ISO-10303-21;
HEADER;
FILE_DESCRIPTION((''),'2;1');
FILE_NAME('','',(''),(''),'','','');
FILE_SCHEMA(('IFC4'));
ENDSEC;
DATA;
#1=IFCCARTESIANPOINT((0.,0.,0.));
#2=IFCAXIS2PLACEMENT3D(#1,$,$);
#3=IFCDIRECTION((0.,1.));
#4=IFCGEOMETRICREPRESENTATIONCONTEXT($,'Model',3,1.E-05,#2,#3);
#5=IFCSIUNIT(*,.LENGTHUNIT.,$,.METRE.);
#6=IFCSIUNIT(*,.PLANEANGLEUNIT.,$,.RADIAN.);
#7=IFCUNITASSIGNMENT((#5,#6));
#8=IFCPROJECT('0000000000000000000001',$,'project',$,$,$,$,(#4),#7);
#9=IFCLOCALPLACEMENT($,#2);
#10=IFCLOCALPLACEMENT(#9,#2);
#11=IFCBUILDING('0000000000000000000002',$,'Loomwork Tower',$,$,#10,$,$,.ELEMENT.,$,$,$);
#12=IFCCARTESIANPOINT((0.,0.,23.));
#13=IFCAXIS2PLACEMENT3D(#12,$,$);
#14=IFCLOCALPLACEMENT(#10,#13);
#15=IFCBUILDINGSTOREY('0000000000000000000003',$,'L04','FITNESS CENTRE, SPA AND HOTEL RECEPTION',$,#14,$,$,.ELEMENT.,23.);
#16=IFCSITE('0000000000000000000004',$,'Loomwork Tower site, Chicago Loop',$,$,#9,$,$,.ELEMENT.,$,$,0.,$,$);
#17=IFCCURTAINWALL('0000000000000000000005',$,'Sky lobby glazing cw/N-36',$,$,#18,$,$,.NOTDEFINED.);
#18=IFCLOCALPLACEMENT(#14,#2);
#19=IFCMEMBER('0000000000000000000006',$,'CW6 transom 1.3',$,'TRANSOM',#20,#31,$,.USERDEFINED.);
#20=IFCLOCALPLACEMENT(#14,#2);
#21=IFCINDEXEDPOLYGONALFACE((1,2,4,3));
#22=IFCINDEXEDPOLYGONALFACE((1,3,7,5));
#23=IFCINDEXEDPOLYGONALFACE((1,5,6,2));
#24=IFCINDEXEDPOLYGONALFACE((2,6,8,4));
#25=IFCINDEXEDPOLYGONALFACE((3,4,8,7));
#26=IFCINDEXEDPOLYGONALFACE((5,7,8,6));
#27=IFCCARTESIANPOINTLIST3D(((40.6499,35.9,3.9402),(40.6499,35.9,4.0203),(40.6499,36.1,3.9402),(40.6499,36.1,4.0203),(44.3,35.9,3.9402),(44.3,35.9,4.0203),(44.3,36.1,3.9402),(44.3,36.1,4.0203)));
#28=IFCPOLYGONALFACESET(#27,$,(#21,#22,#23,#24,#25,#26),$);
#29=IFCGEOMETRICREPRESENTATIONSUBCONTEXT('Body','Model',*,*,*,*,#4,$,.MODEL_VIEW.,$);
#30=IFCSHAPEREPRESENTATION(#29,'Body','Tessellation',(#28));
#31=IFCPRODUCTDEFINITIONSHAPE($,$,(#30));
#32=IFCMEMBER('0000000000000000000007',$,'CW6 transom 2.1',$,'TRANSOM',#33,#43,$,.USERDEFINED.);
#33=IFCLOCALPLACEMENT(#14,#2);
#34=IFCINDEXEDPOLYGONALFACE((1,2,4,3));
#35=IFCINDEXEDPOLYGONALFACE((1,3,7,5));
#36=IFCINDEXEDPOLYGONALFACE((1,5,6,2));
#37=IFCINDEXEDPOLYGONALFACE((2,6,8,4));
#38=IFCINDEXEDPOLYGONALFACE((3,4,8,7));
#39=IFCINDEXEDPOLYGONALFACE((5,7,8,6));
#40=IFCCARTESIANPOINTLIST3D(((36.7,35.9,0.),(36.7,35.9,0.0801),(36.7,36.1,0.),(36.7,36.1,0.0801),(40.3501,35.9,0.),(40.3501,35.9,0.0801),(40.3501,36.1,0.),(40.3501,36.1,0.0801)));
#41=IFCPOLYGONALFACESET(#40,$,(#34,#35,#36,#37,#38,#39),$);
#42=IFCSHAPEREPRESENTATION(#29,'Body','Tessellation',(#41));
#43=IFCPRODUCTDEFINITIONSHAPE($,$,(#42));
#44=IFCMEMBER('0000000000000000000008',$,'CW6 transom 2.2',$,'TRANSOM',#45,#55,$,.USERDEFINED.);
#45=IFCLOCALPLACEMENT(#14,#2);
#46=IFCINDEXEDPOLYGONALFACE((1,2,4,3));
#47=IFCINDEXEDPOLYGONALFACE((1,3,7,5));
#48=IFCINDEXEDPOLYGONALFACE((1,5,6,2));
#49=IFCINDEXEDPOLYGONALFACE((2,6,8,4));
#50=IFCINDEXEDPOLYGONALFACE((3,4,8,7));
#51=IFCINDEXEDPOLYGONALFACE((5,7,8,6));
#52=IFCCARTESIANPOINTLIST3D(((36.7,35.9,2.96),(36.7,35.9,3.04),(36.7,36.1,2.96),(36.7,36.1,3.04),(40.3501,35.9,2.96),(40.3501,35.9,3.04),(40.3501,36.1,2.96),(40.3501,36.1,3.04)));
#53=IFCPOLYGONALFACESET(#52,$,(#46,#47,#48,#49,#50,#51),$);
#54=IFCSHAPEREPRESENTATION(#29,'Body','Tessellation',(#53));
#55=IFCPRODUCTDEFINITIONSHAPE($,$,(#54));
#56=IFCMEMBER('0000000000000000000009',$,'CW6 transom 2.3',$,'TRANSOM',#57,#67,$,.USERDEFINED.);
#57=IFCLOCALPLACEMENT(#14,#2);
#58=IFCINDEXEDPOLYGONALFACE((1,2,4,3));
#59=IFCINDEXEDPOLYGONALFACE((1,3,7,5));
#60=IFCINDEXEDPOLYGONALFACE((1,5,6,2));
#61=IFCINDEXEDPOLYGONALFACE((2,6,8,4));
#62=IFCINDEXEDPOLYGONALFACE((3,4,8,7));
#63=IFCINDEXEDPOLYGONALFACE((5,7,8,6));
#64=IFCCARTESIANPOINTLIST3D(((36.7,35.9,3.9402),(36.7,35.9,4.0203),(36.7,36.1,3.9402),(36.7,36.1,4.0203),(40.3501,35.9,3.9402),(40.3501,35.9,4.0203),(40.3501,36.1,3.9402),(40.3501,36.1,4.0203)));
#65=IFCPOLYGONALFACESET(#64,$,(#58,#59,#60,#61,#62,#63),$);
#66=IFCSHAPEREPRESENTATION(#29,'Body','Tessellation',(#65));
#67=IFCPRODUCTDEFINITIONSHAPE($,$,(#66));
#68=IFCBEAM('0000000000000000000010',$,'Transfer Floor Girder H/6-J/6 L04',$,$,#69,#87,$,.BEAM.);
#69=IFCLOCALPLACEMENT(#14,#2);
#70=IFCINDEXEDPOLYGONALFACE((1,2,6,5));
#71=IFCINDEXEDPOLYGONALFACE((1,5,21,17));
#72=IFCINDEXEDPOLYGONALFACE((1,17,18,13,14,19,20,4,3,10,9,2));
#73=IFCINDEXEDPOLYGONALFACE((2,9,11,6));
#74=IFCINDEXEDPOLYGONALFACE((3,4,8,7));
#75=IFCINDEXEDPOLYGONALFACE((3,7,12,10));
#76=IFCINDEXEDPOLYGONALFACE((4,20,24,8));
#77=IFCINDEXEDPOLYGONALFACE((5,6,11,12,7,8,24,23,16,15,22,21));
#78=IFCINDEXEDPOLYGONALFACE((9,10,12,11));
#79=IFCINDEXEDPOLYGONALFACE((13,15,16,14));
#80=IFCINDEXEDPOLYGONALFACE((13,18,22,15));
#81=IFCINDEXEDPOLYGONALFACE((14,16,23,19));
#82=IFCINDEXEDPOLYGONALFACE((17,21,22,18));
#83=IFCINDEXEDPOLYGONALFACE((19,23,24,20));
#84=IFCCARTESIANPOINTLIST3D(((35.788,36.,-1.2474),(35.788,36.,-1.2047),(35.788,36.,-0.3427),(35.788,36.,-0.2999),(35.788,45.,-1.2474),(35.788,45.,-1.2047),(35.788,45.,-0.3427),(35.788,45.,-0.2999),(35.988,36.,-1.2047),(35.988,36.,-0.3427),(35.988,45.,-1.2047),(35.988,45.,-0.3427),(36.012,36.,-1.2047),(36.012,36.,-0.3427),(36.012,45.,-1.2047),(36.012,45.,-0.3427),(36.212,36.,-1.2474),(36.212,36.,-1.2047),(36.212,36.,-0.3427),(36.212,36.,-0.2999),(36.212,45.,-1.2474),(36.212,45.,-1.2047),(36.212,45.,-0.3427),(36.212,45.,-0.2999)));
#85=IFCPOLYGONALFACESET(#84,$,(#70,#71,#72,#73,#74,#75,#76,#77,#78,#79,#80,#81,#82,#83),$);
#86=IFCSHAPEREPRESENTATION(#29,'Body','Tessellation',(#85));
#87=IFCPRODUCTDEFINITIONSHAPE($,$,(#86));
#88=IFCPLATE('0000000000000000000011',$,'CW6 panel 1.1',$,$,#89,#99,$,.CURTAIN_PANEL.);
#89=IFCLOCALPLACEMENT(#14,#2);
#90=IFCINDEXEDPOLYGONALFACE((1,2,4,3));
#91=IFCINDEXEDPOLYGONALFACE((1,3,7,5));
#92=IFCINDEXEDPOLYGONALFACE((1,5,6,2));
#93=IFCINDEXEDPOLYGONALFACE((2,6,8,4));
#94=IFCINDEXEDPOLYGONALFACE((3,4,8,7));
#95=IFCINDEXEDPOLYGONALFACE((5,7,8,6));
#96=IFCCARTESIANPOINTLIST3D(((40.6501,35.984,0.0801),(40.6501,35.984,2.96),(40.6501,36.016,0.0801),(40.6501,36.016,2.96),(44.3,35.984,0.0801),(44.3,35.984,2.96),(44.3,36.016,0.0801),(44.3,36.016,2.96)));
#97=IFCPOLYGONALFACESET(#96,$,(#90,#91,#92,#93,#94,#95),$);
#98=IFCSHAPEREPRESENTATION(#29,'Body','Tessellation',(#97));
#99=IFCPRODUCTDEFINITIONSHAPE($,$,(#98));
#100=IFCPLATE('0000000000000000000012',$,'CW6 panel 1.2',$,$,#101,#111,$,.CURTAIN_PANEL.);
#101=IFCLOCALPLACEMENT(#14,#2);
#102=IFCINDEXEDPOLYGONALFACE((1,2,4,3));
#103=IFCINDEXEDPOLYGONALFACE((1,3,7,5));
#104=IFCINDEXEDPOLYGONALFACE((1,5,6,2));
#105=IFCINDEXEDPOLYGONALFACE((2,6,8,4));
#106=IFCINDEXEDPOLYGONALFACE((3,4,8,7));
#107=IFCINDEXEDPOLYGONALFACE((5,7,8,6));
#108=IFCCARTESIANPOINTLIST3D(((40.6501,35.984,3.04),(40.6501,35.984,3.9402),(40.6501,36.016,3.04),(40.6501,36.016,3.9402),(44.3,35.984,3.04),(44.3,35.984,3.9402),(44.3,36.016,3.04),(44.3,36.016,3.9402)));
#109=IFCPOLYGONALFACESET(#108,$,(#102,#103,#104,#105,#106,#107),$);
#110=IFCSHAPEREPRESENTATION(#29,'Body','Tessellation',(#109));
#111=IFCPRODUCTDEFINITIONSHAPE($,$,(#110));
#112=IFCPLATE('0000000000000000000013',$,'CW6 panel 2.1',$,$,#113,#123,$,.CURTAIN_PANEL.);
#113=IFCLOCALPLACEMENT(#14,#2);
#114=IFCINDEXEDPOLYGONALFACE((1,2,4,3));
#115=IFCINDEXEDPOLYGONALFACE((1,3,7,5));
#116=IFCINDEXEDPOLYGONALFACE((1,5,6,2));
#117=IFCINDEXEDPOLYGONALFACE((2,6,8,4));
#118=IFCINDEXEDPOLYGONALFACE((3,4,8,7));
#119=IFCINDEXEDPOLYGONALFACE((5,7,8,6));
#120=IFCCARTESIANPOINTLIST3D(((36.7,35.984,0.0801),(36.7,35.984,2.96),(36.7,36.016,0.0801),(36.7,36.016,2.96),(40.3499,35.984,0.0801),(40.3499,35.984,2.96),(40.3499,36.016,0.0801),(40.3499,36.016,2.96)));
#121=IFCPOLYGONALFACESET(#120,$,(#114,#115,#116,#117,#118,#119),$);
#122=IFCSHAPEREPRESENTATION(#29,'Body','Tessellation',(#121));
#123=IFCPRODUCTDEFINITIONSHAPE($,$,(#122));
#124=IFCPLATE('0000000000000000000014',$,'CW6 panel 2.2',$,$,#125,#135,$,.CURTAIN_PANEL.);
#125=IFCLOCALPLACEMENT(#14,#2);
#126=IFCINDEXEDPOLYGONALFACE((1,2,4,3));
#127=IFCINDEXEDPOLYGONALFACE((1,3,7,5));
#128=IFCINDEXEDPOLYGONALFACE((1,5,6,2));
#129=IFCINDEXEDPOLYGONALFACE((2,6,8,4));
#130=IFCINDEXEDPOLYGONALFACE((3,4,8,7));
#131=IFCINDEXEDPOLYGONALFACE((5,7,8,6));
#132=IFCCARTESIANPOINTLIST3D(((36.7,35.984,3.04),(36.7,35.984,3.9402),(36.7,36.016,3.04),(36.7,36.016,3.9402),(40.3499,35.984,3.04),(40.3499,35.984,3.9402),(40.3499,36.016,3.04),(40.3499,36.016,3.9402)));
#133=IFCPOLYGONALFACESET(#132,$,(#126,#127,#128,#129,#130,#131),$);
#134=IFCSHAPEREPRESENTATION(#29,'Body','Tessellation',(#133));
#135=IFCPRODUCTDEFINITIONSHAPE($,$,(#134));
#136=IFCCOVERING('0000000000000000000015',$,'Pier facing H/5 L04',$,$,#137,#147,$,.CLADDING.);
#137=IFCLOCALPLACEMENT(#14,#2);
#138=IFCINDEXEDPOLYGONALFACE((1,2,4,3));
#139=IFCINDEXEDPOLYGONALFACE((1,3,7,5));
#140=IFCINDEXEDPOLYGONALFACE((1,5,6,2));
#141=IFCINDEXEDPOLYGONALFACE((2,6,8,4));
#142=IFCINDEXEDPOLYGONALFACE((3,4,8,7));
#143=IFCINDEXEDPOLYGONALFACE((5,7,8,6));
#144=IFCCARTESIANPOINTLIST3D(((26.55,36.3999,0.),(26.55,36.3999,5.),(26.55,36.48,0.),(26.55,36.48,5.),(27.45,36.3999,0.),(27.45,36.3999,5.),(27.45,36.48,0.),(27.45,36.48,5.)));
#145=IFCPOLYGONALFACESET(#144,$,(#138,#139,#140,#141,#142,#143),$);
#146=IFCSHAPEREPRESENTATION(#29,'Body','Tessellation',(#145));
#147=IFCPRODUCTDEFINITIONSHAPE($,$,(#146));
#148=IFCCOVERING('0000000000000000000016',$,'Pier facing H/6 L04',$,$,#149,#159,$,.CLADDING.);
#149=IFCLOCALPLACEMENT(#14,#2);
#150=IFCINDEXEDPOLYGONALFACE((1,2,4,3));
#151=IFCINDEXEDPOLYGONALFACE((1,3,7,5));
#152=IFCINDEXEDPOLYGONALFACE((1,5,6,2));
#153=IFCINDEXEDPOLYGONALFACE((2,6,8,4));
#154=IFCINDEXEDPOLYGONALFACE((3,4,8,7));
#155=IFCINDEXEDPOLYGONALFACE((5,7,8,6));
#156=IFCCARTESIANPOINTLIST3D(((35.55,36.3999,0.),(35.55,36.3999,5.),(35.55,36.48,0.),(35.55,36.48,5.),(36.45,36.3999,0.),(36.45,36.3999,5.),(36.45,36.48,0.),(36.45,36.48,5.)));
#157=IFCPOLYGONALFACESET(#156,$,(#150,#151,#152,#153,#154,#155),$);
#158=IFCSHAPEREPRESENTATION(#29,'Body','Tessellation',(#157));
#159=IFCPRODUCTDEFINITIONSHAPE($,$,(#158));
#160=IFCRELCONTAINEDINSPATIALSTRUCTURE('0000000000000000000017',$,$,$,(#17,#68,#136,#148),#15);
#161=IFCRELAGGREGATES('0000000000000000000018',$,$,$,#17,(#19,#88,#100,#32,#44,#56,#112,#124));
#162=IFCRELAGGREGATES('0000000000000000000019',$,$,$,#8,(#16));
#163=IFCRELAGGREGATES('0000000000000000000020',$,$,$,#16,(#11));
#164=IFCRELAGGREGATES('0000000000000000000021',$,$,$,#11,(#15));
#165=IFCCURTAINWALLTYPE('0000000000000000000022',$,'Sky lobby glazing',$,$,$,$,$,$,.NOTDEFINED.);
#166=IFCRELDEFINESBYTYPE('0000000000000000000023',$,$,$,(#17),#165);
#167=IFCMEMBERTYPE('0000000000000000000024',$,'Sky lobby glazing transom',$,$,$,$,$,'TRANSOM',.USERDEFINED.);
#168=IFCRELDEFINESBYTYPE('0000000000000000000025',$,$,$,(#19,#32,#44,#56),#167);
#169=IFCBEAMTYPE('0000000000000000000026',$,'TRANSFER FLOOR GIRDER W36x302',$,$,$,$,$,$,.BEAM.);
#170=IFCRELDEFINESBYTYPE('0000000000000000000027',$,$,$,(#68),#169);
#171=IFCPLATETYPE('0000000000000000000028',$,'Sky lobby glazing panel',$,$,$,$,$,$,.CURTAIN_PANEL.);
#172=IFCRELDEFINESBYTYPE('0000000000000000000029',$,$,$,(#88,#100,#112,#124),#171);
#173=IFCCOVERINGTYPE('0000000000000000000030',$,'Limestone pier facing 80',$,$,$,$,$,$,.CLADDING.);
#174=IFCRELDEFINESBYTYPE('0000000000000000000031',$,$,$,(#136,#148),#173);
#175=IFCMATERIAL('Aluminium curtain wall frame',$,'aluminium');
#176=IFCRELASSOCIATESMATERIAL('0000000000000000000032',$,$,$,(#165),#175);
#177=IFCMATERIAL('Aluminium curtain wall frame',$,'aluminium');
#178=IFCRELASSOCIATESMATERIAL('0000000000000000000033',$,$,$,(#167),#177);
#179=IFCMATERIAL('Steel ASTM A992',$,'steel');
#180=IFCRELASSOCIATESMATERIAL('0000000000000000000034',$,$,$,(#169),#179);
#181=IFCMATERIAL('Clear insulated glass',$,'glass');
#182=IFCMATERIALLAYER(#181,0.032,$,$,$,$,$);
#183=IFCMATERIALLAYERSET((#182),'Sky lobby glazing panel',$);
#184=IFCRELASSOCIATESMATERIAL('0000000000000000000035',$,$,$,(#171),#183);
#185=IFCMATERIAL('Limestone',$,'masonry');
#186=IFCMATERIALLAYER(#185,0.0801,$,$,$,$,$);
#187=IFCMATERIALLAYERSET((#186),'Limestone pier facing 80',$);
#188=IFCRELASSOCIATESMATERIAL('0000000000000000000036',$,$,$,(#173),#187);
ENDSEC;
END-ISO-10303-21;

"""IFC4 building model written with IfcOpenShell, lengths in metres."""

from ifc_helpers import new_model, si_unit, direction, frame, origin, origin_2d, place, context, subcontext, project, spatial, rectangle, i_section, extrude, material, layer, layer_set, material_profile, profile_set, type_object, element, aggregate, save


model = new_model("IFC4")

# Units and contexts
model_context = context("Model", 3, precision=1e-05, world=origin(), true_north=direction((0.0, 1.0)))
body_context = subcontext(model_context, "Body", "Model", "MODEL_VIEW")
ifc_project = project(units=[si_unit("LENGTHUNIT", "METRE"), si_unit("PLANEANGLEUNIT", "RADIAN")], contexts=[model_context])

# Site, building, storey
site_placement = place(None, origin())
site = spatial("IfcSite", under=ifc_project, at=site_placement, Name="Loomwork Tower site, Chicago Loop", CompositionType="ELEMENT", RefElevation=0.0)
building_placement = place(site_placement, origin())
building = spatial("IfcBuilding", under=site, at=building_placement, Name="Loomwork Tower", CompositionType="ELEMENT")
storey_placement = place(building_placement, frame((0.0, 0.0, 23.0)))
storey = spatial("IfcBuildingStorey", under=building, at=storey_placement, Name="L04", Description="FITNESS CENTRE, SPA AND HOTEL RECEPTION", CompositionType="ELEMENT", Elevation=23.0)

# Curtain wall, members
ifc_material_1 = material(Name="Aluminium curtain wall frame", Category="aluminium")
curtain_wall_type = type_object("IfcCurtainWallType", Name="Sky lobby glazing", PredefinedType="NOTDEFINED", material=ifc_material_1)
curtain_wall_placement = place(storey_placement, origin())
curtain_wall = element("IfcCurtainWall", 1, at=curtain_wall_placement, inside=storey, type_object=curtain_wall_type, Name="Sky lobby glazing cw/N-36", PredefinedType="NOTDEFINED")
ifc_material_2 = material(Name="Aluminium curtain wall frame", Category="aluminium")
ifc_material_profile_1 = material_profile(ifc_material_2, rectangle(XDim=0.2, YDim=0.0801, at=origin_2d()), Name="AL 80x200")
ifc_profile_set_1 = profile_set([ifc_material_profile_1], Name="Aluminium curtain wall frame")
member_type_1 = type_object("IfcMemberType", Name="Sky lobby glazing transom", ElementType="TRANSOM", PredefinedType="USERDEFINED", material=ifc_profile_set_1)
member_1_placement = place(storey_placement, frame((44.3, 36.0, 3.9802), z_axis=(-1.0, 0.0, 0.0), x_axis=(0.0, -1.0, 0.0)))
member_1 = element("IfcMember", 2, at=member_1_placement, type_object=member_type_1, Name="CW6 transom 1.3", ObjectType="TRANSOM", PredefinedType="USERDEFINED", context=body_context, shape_type="SweptSolid", body=[
    extrude(rectangle(XDim=0.2, YDim=0.0801, at=origin_2d()), origin(), (0.0, 0.0, 1.0), 3.6501),
])
member_2_placement = place(storey_placement, frame((40.3501, 36.0, 0.04), z_axis=(-1.0, 0.0, 0.0), x_axis=(0.0, -1.0, 0.0)))
member_2 = element("IfcMember", 3, at=member_2_placement, type_object=member_type_1, Name="CW6 transom 2.1", ObjectType="TRANSOM", PredefinedType="USERDEFINED", context=body_context, shape_type="SweptSolid", body=[
    extrude(rectangle(XDim=0.2, YDim=0.0801, at=origin_2d()), origin(), (0.0, 0.0, 1.0), 3.6501),
])
member_3_placement = place(storey_placement, frame((40.3501, 36.0, 3.0), z_axis=(-1.0, 0.0, 0.0), x_axis=(0.0, -1.0, 0.0)))
member_3 = element("IfcMember", 4, at=member_3_placement, type_object=member_type_1, Name="CW6 transom 2.2", ObjectType="TRANSOM", PredefinedType="USERDEFINED", context=body_context, shape_type="SweptSolid", body=[
    extrude(rectangle(XDim=0.2, YDim=0.0801, at=origin_2d()), origin(), (0.0, 0.0, 1.0), 3.6501),
])
member_4_placement = place(storey_placement, frame((40.3501, 36.0, 3.9802), z_axis=(-1.0, 0.0, 0.0), x_axis=(0.0, -1.0, 0.0)))
member_4 = element("IfcMember", 5, at=member_4_placement, type_object=member_type_1, Name="CW6 transom 2.3", ObjectType="TRANSOM", PredefinedType="USERDEFINED", context=body_context, shape_type="SweptSolid", body=[
    extrude(rectangle(XDim=0.2, YDim=0.0801, at=origin_2d()), origin(), (0.0, 0.0, 1.0), 3.6501),
])

# Beam
ifc_material_3 = material(Name="Steel ASTM A992", Category="steel")
ifc_material_profile_2 = material_profile(ifc_material_3, i_section(OverallWidth=0.4241, OverallDepth=0.9475, WebThickness=0.0239, FlangeThickness=0.0427, at=origin_2d()), Name="W36x302")
ifc_profile_set_2 = profile_set([ifc_material_profile_2], Name="Steel ASTM A992")
beam_type_1 = type_object("IfcBeamType", Name="TRANSFER FLOOR GIRDER W36x302", PredefinedType="BEAM", material=ifc_profile_set_2)
beam_placement = place(storey_placement, frame((36.0, 36.0, -0.7737), z_axis=(0.0, 1.0, 0.0), x_axis=(-1.0, 0.0, 0.0)))
element("IfcBeam", 6, at=beam_placement, inside=storey, type_object=beam_type_1, Name="Transfer Floor Girder H/6-J/6 L04", PredefinedType="BEAM", context=body_context, shape_type="SweptSolid", body=[
    extrude(i_section(OverallWidth=0.4241, OverallDepth=0.9475, WebThickness=0.0239, FlangeThickness=0.0427, at=origin_2d()), origin(), (0.0, 0.0, 1.0), 9.0),
])

# Plates
ifc_material_4 = material(Name="Clear insulated glass", Category="glass")
ifc_layer_1 = layer(ifc_material_4, 0.032)
ifc_layer_set_1 = layer_set([ifc_layer_1], Name="Sky lobby glazing panel")
plate_type = type_object("IfcPlateType", Name="Sky lobby glazing panel", PredefinedType="CURTAIN_PANEL", material=ifc_layer_set_1)
plate_1_placement = place(storey_placement, frame((42.4751, 36.0, 0.0801), z_axis=(0.0, 0.0, 1.0), x_axis=(-1.0, 0.0, 0.0)))
plate_1 = element("IfcPlate", 7, at=plate_1_placement, type_object=plate_type, Name="CW6 panel 1.1", PredefinedType="CURTAIN_PANEL", context=body_context, shape_type="SweptSolid", body=[
    extrude(rectangle(XDim=3.6499, YDim=0.032, at=origin_2d()), origin(), (0.0, 0.0, 1.0), 2.8799),
])
plate_2_placement = place(storey_placement, frame((42.4751, 36.0, 3.04), z_axis=(0.0, 0.0, 1.0), x_axis=(-1.0, 0.0, 0.0)))
plate_2 = element("IfcPlate", 8, at=plate_2_placement, type_object=plate_type, Name="CW6 panel 1.2", PredefinedType="CURTAIN_PANEL", context=body_context, shape_type="SweptSolid", body=[
    extrude(rectangle(XDim=3.6499, YDim=0.032, at=origin_2d()), origin(), (0.0, 0.0, 1.0), 0.9001),
])
plate_3_placement = place(storey_placement, frame((38.5249, 36.0, 0.0801), z_axis=(0.0, 0.0, 1.0), x_axis=(-1.0, 0.0, 0.0)))
plate_3 = element("IfcPlate", 9, at=plate_3_placement, type_object=plate_type, Name="CW6 panel 2.1", PredefinedType="CURTAIN_PANEL", context=body_context, shape_type="SweptSolid", body=[
    extrude(rectangle(XDim=3.6499, YDim=0.032, at=origin_2d()), origin(), (0.0, 0.0, 1.0), 2.8799),
])
plate_4_placement = place(storey_placement, frame((38.5249, 36.0, 3.04), z_axis=(0.0, 0.0, 1.0), x_axis=(-1.0, 0.0, 0.0)))
plate_4 = element("IfcPlate", 10, at=plate_4_placement, type_object=plate_type, Name="CW6 panel 2.2", PredefinedType="CURTAIN_PANEL", context=body_context, shape_type="SweptSolid", body=[
    extrude(rectangle(XDim=3.6499, YDim=0.032, at=origin_2d()), origin(), (0.0, 0.0, 1.0), 0.9001),
])
aggregate(curtain_wall, [member_1, plate_1, plate_2, member_2, member_3, member_4, plate_3, plate_4])

# Coverings
ifc_material_5 = material(Name="Limestone", Category="masonry")
ifc_layer_2 = layer(ifc_material_5, 0.0801)
ifc_layer_set_2 = layer_set([ifc_layer_2], Name="Limestone pier facing 80")
covering_type = type_object("IfcCoveringType", Name="Limestone pier facing 80", PredefinedType="CLADDING", material=ifc_layer_set_2)
for number, where, z_axis, x_axis, name in (
    (11, (27.0, 36.4399, 0.0), (0.0, 0.0, 1.0), (1.0, 0.0, 0.0), "Pier facing H/5 L04"),
    (12, (36.0, 36.4399, 0.0), (0.0, 0.0, 1.0), (1.0, 0.0, 0.0), "Pier facing H/6 L04"),
):
    element("IfcCovering", number, at=place(storey_placement, frame(where, z_axis=z_axis, x_axis=x_axis)), inside=storey, type_object=covering_type, Name=name, PredefinedType="CLADDING", context=body_context, shape_type="SweptSolid", body=[
        extrude(rectangle(XDim=0.8999, YDim=0.0801, at=origin_2d()), origin(), (0.0, 0.0, 1.0), 5.0),
    ])

save(model, "model.ifc")
